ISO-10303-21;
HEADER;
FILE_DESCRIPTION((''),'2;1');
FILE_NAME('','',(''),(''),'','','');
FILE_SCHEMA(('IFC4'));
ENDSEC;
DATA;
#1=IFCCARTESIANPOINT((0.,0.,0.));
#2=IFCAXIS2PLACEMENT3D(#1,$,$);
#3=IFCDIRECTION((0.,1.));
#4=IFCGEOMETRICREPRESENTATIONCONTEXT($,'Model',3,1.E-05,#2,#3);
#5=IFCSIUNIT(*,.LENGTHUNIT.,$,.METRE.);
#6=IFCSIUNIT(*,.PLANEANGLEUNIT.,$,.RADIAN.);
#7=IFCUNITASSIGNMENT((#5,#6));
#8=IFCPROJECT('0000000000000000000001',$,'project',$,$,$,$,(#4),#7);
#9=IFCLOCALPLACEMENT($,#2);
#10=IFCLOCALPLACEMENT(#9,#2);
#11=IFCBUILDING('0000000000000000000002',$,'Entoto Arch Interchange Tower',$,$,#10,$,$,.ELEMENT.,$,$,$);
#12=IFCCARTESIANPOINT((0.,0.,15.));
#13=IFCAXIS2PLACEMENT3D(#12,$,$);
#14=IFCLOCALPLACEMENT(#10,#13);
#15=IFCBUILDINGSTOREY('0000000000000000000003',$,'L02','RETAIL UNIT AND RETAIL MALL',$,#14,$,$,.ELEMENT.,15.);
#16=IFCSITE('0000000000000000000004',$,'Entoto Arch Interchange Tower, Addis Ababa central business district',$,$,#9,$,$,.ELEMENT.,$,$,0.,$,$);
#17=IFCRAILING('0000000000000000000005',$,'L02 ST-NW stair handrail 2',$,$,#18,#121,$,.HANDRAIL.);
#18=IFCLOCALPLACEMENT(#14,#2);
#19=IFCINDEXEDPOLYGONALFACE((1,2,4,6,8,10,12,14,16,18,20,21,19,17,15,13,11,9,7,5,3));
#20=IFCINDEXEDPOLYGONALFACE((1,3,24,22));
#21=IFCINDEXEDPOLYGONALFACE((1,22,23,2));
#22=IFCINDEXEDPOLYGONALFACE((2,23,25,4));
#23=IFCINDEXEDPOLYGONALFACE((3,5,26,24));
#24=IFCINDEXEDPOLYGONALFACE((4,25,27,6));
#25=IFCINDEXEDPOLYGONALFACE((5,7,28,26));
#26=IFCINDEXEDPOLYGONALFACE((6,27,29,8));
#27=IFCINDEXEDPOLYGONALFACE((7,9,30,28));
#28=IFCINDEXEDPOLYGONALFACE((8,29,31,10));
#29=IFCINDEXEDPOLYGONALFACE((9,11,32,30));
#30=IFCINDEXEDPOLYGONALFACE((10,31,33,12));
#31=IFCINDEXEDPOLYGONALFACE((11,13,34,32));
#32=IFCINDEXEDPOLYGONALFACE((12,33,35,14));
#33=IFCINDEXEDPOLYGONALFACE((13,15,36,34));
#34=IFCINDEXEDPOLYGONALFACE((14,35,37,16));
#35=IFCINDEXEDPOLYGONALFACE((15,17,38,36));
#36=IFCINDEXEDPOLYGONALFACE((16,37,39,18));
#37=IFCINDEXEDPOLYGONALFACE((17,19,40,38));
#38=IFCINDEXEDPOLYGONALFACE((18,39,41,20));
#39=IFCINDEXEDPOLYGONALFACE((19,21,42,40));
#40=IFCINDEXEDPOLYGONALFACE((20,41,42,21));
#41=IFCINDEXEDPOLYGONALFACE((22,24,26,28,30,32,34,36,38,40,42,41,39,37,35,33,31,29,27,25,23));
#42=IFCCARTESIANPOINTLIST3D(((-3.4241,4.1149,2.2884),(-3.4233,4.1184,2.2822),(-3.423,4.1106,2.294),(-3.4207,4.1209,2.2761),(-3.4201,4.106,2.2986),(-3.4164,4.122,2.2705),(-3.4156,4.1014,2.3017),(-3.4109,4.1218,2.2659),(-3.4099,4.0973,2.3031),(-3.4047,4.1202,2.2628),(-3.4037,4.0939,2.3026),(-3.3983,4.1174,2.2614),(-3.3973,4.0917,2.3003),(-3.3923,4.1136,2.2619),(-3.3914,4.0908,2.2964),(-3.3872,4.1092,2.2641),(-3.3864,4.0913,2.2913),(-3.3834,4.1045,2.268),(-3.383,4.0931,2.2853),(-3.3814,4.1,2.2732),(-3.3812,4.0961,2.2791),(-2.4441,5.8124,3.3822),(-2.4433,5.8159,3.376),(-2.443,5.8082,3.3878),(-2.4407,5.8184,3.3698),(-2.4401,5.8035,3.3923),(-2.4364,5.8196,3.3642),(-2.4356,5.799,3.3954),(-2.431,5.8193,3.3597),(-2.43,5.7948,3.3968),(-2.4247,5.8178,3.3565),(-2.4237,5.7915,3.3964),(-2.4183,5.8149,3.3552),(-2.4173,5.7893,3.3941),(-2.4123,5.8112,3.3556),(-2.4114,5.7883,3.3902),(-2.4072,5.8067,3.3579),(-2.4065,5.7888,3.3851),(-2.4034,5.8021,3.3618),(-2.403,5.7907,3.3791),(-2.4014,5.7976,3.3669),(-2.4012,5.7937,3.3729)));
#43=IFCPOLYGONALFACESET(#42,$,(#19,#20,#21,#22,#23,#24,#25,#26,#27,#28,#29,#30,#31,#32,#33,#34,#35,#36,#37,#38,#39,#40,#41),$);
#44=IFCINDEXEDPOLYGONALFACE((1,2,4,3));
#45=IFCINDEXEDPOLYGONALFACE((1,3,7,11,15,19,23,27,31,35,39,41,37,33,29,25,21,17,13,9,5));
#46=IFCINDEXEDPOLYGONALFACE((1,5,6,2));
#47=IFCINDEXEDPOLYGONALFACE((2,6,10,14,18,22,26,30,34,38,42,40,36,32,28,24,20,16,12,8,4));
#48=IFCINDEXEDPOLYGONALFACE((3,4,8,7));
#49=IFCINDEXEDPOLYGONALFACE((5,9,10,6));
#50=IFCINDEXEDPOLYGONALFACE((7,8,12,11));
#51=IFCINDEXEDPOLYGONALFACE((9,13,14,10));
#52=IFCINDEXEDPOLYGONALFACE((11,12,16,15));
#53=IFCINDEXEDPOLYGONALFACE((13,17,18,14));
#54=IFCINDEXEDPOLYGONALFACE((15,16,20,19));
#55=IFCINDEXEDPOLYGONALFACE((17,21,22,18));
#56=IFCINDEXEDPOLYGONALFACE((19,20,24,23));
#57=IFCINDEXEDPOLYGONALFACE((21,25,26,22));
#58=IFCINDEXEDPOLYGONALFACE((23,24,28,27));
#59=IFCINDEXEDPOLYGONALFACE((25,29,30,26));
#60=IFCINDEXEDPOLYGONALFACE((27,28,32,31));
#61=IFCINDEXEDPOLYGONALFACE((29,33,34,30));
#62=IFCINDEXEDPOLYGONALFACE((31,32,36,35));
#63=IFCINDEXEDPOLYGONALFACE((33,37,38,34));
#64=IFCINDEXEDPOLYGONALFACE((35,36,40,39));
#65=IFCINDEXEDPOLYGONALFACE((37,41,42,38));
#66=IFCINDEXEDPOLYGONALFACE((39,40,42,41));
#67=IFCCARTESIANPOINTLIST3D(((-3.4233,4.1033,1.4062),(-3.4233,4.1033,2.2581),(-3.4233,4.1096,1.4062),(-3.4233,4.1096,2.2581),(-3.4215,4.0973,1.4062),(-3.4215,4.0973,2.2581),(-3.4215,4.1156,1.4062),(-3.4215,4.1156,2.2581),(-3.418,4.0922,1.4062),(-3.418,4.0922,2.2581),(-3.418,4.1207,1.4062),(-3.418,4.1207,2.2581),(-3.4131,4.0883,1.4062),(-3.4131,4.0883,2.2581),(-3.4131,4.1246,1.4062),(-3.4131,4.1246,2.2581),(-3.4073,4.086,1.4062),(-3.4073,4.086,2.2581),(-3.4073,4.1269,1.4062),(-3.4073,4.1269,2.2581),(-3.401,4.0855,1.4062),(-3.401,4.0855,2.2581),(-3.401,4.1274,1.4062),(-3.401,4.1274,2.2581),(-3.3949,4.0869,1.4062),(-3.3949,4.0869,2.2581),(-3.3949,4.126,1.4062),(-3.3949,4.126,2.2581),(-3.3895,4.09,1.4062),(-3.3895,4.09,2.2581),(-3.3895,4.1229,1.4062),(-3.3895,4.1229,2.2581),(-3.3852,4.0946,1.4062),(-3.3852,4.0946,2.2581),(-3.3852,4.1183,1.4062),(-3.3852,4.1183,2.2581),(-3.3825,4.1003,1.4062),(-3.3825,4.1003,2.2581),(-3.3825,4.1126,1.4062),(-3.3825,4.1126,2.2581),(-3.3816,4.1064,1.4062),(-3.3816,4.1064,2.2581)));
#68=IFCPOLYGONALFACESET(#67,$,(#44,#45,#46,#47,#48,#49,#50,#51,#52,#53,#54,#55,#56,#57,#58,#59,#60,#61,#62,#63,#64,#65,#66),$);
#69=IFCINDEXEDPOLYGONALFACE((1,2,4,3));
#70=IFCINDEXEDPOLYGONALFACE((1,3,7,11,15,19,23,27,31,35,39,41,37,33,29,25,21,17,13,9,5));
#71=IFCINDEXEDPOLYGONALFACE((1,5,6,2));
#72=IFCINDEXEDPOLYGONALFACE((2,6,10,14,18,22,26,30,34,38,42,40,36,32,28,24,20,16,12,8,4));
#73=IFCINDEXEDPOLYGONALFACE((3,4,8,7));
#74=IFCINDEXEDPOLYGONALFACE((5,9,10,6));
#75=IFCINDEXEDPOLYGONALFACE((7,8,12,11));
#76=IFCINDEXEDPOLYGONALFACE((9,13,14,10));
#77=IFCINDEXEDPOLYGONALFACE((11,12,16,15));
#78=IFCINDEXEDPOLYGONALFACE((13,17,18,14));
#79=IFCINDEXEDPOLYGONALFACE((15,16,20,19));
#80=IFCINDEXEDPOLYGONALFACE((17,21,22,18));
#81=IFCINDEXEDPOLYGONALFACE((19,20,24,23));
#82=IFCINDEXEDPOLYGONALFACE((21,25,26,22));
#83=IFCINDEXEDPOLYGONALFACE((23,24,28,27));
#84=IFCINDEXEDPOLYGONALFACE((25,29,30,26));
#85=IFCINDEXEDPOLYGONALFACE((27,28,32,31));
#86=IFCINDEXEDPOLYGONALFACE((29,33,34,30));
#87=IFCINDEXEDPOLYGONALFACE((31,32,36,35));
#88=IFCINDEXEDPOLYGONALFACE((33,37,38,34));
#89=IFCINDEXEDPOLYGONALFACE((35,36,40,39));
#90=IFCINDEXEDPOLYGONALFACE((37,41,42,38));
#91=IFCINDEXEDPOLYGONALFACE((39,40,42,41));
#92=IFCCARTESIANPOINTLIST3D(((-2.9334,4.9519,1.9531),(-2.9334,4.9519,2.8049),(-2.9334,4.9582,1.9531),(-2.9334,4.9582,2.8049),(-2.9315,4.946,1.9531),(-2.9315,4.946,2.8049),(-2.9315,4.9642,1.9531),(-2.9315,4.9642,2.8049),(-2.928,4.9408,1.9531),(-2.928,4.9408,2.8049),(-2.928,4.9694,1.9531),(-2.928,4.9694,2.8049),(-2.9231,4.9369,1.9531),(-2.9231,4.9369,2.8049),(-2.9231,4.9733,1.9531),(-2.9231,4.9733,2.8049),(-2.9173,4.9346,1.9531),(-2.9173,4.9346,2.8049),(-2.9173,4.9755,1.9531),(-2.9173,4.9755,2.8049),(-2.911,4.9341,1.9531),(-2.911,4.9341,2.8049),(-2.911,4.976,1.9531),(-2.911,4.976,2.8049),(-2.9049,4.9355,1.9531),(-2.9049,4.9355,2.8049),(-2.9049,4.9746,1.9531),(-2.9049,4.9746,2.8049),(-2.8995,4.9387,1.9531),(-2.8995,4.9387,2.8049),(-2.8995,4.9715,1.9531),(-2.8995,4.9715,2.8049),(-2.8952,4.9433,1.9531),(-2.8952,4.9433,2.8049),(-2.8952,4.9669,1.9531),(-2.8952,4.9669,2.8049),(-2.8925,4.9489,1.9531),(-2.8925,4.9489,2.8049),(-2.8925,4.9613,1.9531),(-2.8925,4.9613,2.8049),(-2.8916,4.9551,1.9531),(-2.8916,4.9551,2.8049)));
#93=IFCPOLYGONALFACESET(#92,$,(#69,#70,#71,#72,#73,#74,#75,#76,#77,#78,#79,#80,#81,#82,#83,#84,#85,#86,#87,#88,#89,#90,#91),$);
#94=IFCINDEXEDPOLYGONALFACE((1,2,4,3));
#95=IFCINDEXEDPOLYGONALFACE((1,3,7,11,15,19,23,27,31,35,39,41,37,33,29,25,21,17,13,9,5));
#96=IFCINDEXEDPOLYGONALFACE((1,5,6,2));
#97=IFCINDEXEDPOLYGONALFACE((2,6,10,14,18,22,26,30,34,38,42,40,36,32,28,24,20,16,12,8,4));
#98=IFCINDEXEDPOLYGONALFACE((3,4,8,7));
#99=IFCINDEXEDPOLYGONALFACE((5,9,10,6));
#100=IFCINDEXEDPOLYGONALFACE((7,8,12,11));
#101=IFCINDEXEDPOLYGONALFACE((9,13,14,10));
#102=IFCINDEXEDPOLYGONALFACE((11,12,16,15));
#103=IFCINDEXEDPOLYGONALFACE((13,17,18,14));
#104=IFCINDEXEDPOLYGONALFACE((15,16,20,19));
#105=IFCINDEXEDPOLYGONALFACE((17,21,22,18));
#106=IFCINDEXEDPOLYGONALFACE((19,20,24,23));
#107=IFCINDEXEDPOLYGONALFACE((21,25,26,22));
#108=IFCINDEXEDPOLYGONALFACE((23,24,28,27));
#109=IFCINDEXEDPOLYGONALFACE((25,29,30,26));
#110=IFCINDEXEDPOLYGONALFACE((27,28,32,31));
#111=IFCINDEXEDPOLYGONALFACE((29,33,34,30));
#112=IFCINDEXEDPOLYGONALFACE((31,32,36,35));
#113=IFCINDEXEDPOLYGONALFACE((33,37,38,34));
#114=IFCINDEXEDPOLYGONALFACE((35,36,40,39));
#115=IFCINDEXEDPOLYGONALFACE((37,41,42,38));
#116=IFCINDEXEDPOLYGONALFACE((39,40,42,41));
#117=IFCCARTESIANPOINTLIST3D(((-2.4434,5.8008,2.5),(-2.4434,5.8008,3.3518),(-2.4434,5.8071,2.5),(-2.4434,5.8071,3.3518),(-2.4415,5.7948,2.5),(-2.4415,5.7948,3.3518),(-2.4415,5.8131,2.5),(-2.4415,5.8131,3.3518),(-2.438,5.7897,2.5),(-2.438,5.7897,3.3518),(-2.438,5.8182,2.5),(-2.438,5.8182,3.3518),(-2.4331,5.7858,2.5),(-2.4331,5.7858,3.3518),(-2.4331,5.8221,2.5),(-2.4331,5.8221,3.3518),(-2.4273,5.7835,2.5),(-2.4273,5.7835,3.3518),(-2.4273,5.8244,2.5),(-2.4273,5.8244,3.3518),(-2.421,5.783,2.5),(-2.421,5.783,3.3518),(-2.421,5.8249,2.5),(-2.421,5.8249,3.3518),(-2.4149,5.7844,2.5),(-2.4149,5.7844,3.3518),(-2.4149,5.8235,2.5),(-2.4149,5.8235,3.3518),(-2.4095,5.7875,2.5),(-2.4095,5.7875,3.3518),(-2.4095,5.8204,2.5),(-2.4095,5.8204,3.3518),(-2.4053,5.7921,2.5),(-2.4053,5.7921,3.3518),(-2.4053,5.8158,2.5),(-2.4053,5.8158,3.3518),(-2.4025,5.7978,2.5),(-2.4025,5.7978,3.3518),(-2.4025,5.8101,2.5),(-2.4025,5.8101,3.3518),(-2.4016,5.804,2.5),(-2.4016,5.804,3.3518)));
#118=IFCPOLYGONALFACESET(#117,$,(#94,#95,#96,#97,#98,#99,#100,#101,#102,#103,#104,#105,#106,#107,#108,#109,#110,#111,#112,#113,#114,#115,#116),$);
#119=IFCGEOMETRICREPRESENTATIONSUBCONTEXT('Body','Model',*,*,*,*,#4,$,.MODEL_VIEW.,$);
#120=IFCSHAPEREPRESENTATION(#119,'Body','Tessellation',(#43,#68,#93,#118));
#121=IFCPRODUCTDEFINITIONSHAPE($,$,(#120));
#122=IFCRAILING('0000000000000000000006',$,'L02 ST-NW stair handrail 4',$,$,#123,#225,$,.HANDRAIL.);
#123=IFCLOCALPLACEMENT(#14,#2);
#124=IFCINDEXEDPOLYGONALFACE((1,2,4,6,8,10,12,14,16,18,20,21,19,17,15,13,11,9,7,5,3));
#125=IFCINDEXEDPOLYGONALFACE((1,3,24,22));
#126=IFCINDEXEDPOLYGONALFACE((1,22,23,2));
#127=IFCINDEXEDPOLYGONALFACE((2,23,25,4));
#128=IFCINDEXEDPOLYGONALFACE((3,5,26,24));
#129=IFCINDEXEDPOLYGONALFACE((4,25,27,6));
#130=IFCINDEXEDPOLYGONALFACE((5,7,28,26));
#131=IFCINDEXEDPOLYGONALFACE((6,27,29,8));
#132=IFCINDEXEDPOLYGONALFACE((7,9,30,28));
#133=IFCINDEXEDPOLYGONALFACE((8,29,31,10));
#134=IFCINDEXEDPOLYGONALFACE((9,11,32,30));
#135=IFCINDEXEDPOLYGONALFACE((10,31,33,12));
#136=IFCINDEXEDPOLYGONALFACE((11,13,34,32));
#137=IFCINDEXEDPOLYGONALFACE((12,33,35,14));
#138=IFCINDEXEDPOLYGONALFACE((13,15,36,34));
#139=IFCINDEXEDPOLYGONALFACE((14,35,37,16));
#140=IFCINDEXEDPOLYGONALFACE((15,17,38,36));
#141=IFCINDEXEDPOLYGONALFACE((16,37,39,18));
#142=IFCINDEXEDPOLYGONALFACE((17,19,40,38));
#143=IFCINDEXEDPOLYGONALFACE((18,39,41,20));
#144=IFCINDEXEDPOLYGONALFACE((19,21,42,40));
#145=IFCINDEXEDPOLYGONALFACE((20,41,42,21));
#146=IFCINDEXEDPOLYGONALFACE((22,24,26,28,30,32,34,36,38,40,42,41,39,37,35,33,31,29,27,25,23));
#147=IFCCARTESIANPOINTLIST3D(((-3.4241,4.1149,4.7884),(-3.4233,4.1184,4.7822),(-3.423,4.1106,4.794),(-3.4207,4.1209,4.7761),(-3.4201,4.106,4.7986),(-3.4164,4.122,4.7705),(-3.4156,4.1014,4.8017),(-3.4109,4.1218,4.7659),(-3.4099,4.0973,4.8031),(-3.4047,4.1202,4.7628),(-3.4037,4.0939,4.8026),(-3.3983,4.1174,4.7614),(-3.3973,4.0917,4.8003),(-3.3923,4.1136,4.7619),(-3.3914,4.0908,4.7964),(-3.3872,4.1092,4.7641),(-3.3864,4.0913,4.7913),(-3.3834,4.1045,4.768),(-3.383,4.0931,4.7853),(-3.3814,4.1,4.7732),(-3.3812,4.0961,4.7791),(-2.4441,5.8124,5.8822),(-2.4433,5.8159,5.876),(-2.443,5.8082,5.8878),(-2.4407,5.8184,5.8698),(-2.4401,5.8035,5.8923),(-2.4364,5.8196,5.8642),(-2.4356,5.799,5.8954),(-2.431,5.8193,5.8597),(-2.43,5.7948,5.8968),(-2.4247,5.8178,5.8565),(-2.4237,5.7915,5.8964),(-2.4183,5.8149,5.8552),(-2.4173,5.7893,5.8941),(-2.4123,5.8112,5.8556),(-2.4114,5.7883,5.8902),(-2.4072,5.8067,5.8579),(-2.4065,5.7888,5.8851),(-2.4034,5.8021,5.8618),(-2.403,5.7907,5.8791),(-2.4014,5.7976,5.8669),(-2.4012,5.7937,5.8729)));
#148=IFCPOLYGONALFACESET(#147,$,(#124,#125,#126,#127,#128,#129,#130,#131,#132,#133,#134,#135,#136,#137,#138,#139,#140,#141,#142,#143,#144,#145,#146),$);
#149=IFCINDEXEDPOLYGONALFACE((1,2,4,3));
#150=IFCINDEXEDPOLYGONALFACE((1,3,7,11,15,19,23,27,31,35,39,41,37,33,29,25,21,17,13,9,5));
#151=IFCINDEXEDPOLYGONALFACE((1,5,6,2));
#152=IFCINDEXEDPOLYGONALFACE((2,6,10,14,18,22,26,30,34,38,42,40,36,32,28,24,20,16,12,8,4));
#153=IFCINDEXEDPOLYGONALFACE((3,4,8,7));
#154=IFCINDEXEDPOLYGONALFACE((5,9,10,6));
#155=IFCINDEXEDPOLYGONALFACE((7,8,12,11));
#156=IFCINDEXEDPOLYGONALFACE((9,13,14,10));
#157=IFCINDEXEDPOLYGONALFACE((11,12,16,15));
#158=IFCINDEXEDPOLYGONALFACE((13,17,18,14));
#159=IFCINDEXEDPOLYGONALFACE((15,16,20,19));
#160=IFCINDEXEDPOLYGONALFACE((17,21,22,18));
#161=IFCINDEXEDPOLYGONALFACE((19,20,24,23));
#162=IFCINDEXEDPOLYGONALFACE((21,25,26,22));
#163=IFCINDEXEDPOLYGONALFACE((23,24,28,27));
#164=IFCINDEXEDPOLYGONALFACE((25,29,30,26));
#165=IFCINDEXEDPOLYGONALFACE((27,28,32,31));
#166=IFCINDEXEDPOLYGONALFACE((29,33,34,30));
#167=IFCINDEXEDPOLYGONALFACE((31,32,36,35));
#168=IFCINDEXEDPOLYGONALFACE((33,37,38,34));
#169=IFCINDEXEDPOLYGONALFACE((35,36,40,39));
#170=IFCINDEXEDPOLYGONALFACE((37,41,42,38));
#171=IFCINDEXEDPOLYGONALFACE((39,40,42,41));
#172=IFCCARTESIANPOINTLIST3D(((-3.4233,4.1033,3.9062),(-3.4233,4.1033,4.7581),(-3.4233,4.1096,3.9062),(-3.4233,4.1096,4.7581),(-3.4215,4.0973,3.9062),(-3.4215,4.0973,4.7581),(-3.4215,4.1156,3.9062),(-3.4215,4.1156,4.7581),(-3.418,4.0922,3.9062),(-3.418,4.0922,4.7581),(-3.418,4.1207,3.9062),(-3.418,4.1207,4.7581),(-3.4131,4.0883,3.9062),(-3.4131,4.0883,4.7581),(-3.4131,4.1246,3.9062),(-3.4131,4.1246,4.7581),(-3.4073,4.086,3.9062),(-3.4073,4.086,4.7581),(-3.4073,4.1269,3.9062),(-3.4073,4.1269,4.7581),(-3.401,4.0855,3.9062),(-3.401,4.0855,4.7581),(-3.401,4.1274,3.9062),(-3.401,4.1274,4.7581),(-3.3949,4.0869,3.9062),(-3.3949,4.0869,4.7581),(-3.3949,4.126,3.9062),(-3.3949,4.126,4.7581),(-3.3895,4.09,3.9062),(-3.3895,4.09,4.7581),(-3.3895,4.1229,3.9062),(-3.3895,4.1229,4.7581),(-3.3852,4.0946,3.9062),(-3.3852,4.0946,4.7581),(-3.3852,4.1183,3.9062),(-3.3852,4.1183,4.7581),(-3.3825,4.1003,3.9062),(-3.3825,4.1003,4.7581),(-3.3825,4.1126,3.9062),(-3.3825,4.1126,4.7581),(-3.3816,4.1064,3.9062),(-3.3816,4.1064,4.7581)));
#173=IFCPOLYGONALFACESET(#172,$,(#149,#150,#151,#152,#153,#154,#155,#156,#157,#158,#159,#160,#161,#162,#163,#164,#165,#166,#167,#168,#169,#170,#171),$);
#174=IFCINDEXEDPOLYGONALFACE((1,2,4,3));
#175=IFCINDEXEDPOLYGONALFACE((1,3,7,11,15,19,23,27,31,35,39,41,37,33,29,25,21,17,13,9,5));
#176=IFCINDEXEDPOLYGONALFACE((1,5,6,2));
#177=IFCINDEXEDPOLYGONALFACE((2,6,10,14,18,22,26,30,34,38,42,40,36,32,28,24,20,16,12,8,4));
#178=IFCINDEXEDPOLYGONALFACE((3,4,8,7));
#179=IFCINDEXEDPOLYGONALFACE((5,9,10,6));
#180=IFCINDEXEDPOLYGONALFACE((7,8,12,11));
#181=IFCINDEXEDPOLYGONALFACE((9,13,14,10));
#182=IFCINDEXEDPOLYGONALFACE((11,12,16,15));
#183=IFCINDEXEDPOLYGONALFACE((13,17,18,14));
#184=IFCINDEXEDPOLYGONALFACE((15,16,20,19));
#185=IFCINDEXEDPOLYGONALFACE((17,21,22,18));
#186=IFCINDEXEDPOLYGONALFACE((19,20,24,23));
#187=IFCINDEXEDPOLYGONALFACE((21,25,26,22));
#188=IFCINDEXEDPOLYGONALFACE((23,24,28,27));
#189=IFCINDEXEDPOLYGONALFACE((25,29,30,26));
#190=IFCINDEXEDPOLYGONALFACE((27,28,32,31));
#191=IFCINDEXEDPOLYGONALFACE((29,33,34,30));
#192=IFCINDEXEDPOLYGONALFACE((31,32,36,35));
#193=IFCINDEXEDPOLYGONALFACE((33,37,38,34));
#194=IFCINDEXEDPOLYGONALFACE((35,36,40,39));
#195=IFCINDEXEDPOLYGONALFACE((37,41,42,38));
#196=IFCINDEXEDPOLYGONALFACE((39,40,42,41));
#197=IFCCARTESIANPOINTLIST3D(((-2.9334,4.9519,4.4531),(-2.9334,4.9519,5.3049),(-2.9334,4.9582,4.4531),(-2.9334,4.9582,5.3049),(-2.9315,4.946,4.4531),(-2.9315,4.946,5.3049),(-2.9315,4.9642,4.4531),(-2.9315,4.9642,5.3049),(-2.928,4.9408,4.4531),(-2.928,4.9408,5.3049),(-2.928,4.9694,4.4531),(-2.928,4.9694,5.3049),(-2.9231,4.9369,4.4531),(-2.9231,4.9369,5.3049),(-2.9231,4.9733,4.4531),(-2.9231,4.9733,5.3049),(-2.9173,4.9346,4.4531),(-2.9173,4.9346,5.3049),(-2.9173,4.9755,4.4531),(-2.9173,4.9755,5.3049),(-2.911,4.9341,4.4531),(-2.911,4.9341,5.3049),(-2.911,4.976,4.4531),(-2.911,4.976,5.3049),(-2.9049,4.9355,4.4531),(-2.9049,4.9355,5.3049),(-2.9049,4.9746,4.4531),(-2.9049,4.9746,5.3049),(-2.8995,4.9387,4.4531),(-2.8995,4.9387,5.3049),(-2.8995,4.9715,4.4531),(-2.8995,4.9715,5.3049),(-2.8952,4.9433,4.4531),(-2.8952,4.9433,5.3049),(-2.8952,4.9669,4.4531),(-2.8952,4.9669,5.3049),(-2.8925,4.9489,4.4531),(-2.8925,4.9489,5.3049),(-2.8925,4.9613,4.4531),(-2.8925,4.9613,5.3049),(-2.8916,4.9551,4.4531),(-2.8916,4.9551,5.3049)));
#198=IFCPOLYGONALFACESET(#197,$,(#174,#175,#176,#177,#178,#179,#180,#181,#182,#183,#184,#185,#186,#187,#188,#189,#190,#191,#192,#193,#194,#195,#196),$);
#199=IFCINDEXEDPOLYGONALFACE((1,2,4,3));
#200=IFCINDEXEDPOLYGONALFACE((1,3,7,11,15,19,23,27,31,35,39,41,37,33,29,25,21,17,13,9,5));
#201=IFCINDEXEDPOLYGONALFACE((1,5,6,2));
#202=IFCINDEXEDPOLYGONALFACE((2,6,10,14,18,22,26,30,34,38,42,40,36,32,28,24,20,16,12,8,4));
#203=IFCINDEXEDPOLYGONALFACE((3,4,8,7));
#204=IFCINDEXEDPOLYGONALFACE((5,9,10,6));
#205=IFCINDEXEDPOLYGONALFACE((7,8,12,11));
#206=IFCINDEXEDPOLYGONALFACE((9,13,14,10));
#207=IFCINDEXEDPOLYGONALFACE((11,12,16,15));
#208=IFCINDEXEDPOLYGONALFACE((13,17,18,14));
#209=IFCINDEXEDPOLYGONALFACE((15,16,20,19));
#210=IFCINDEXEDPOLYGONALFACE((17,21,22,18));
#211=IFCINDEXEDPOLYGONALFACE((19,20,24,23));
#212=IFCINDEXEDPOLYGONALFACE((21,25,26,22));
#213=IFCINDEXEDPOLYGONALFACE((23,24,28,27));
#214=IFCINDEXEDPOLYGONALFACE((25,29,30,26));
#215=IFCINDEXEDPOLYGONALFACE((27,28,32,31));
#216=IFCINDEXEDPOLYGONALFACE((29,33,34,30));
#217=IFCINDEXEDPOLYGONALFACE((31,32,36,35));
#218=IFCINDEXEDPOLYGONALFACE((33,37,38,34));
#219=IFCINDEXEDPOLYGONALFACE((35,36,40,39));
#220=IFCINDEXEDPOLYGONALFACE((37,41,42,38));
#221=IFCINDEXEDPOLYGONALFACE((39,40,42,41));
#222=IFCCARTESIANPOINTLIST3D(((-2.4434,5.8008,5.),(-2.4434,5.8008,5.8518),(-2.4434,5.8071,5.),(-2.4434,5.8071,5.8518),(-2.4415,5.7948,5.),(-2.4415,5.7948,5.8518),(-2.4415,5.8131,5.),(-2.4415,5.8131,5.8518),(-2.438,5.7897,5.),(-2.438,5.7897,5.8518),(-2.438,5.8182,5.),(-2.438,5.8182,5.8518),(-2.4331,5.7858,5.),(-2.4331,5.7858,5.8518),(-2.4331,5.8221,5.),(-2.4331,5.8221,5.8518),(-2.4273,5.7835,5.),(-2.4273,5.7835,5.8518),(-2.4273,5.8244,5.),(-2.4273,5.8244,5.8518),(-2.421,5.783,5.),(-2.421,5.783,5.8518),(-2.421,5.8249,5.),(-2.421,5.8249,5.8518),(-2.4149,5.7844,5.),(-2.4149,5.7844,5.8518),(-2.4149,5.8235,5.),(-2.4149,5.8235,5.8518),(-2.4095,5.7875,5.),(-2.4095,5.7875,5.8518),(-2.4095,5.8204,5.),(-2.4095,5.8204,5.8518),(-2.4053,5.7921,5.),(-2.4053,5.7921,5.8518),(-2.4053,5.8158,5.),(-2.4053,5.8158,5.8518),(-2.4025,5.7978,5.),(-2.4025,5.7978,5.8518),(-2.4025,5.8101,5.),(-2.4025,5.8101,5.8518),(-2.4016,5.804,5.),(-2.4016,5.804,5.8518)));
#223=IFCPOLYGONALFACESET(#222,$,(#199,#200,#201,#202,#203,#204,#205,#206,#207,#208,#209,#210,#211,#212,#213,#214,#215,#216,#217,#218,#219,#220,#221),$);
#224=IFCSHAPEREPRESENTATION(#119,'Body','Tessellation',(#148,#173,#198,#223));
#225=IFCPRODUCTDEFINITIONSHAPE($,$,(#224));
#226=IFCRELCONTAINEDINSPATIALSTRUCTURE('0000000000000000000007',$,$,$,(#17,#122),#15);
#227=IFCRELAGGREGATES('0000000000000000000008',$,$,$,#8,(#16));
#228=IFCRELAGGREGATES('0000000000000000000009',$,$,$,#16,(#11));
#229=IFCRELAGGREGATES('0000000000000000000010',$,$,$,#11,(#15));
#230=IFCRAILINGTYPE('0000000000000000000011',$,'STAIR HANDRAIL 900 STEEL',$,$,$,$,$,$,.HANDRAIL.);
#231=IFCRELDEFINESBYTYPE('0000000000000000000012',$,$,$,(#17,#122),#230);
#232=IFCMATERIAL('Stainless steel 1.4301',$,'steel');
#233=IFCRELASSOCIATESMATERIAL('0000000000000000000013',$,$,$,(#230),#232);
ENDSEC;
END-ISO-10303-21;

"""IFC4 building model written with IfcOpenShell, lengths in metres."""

from ifc_helpers import new_model, si_unit, direction, frame, origin, origin_2d, place, context, subcontext, project, spatial, circle, extrude, material, type_object, element, save


model = new_model("IFC4")

# Units and contexts
model_context = context("Model", 3, precision=1e-05, world=origin(), true_north=direction((0.0, 1.0)))
body_context = subcontext(model_context, "Body", "Model", "MODEL_VIEW")
ifc_project = project(units=[si_unit("LENGTHUNIT", "METRE"), si_unit("PLANEANGLEUNIT", "RADIAN")], contexts=[model_context])

# Site, building, storey
site_placement = place(None, origin())
site = spatial("IfcSite", under=ifc_project, at=site_placement, Name="Entoto Arch Interchange Tower, Addis Ababa central business district", CompositionType="ELEMENT", RefElevation=0.0)
building_placement = place(site_placement, origin())
building = spatial("IfcBuilding", under=site, at=building_placement, Name="Entoto Arch Interchange Tower", CompositionType="ELEMENT")
storey_placement = place(building_placement, frame((0.0, 0.0, 15.0)))
storey = spatial("IfcBuildingStorey", under=building, at=storey_placement, Name="L02", Description="RETAIL UNIT AND RETAIL MALL", CompositionType="ELEMENT", Elevation=15.0)

# Railings
ifc_material_1 = material(Name="Stainless steel 1.4301", Category="steel")
railing_type_1 = type_object("IfcRailingType", Name="STAIR HANDRAIL 900 STEEL", PredefinedType="HANDRAIL", material=ifc_material_1)
for number, where, name in (
    (1, (-3.4026, 4.1064, 1.4062), "L02 ST-NW stair handrail 2"),
    (2, (-3.4026, 4.1064, 3.9062), "L02 ST-NW stair handrail 4"),
):
    element("IfcRailing", number, at=place(storey_placement, frame(where)), inside=storey, type_object=railing_type_1, Name=name, PredefinedType="HANDRAIL", context=body_context, shape_type="SweptSolid", body=[
        extrude(circle(Radius=0.0239, at=origin_2d()), frame((0.0, 0.0, 0.876), z_axis=(0.436596, 0.756267, 0.487282), x_axis=(-0.866042, 0.49997, 0.0)), (0.0, 0.0, 1.0), 2.2446),
        extrude(circle(Radius=0.021, at=origin_2d()), origin(), (0.0, 0.0, 1.0), 0.8518),
        extrude(circle(Radius=0.021, at=origin_2d()), frame((0.49, 0.8486, 0.5469)), (0.0, 0.0, 1.0), 0.8518),
        extrude(circle(Radius=0.021, at=origin_2d()), frame((0.98, 1.6975, 1.0938)), (0.0, 0.0, 1.0), 0.8518),
    ])

save(model, "model.ifc")
